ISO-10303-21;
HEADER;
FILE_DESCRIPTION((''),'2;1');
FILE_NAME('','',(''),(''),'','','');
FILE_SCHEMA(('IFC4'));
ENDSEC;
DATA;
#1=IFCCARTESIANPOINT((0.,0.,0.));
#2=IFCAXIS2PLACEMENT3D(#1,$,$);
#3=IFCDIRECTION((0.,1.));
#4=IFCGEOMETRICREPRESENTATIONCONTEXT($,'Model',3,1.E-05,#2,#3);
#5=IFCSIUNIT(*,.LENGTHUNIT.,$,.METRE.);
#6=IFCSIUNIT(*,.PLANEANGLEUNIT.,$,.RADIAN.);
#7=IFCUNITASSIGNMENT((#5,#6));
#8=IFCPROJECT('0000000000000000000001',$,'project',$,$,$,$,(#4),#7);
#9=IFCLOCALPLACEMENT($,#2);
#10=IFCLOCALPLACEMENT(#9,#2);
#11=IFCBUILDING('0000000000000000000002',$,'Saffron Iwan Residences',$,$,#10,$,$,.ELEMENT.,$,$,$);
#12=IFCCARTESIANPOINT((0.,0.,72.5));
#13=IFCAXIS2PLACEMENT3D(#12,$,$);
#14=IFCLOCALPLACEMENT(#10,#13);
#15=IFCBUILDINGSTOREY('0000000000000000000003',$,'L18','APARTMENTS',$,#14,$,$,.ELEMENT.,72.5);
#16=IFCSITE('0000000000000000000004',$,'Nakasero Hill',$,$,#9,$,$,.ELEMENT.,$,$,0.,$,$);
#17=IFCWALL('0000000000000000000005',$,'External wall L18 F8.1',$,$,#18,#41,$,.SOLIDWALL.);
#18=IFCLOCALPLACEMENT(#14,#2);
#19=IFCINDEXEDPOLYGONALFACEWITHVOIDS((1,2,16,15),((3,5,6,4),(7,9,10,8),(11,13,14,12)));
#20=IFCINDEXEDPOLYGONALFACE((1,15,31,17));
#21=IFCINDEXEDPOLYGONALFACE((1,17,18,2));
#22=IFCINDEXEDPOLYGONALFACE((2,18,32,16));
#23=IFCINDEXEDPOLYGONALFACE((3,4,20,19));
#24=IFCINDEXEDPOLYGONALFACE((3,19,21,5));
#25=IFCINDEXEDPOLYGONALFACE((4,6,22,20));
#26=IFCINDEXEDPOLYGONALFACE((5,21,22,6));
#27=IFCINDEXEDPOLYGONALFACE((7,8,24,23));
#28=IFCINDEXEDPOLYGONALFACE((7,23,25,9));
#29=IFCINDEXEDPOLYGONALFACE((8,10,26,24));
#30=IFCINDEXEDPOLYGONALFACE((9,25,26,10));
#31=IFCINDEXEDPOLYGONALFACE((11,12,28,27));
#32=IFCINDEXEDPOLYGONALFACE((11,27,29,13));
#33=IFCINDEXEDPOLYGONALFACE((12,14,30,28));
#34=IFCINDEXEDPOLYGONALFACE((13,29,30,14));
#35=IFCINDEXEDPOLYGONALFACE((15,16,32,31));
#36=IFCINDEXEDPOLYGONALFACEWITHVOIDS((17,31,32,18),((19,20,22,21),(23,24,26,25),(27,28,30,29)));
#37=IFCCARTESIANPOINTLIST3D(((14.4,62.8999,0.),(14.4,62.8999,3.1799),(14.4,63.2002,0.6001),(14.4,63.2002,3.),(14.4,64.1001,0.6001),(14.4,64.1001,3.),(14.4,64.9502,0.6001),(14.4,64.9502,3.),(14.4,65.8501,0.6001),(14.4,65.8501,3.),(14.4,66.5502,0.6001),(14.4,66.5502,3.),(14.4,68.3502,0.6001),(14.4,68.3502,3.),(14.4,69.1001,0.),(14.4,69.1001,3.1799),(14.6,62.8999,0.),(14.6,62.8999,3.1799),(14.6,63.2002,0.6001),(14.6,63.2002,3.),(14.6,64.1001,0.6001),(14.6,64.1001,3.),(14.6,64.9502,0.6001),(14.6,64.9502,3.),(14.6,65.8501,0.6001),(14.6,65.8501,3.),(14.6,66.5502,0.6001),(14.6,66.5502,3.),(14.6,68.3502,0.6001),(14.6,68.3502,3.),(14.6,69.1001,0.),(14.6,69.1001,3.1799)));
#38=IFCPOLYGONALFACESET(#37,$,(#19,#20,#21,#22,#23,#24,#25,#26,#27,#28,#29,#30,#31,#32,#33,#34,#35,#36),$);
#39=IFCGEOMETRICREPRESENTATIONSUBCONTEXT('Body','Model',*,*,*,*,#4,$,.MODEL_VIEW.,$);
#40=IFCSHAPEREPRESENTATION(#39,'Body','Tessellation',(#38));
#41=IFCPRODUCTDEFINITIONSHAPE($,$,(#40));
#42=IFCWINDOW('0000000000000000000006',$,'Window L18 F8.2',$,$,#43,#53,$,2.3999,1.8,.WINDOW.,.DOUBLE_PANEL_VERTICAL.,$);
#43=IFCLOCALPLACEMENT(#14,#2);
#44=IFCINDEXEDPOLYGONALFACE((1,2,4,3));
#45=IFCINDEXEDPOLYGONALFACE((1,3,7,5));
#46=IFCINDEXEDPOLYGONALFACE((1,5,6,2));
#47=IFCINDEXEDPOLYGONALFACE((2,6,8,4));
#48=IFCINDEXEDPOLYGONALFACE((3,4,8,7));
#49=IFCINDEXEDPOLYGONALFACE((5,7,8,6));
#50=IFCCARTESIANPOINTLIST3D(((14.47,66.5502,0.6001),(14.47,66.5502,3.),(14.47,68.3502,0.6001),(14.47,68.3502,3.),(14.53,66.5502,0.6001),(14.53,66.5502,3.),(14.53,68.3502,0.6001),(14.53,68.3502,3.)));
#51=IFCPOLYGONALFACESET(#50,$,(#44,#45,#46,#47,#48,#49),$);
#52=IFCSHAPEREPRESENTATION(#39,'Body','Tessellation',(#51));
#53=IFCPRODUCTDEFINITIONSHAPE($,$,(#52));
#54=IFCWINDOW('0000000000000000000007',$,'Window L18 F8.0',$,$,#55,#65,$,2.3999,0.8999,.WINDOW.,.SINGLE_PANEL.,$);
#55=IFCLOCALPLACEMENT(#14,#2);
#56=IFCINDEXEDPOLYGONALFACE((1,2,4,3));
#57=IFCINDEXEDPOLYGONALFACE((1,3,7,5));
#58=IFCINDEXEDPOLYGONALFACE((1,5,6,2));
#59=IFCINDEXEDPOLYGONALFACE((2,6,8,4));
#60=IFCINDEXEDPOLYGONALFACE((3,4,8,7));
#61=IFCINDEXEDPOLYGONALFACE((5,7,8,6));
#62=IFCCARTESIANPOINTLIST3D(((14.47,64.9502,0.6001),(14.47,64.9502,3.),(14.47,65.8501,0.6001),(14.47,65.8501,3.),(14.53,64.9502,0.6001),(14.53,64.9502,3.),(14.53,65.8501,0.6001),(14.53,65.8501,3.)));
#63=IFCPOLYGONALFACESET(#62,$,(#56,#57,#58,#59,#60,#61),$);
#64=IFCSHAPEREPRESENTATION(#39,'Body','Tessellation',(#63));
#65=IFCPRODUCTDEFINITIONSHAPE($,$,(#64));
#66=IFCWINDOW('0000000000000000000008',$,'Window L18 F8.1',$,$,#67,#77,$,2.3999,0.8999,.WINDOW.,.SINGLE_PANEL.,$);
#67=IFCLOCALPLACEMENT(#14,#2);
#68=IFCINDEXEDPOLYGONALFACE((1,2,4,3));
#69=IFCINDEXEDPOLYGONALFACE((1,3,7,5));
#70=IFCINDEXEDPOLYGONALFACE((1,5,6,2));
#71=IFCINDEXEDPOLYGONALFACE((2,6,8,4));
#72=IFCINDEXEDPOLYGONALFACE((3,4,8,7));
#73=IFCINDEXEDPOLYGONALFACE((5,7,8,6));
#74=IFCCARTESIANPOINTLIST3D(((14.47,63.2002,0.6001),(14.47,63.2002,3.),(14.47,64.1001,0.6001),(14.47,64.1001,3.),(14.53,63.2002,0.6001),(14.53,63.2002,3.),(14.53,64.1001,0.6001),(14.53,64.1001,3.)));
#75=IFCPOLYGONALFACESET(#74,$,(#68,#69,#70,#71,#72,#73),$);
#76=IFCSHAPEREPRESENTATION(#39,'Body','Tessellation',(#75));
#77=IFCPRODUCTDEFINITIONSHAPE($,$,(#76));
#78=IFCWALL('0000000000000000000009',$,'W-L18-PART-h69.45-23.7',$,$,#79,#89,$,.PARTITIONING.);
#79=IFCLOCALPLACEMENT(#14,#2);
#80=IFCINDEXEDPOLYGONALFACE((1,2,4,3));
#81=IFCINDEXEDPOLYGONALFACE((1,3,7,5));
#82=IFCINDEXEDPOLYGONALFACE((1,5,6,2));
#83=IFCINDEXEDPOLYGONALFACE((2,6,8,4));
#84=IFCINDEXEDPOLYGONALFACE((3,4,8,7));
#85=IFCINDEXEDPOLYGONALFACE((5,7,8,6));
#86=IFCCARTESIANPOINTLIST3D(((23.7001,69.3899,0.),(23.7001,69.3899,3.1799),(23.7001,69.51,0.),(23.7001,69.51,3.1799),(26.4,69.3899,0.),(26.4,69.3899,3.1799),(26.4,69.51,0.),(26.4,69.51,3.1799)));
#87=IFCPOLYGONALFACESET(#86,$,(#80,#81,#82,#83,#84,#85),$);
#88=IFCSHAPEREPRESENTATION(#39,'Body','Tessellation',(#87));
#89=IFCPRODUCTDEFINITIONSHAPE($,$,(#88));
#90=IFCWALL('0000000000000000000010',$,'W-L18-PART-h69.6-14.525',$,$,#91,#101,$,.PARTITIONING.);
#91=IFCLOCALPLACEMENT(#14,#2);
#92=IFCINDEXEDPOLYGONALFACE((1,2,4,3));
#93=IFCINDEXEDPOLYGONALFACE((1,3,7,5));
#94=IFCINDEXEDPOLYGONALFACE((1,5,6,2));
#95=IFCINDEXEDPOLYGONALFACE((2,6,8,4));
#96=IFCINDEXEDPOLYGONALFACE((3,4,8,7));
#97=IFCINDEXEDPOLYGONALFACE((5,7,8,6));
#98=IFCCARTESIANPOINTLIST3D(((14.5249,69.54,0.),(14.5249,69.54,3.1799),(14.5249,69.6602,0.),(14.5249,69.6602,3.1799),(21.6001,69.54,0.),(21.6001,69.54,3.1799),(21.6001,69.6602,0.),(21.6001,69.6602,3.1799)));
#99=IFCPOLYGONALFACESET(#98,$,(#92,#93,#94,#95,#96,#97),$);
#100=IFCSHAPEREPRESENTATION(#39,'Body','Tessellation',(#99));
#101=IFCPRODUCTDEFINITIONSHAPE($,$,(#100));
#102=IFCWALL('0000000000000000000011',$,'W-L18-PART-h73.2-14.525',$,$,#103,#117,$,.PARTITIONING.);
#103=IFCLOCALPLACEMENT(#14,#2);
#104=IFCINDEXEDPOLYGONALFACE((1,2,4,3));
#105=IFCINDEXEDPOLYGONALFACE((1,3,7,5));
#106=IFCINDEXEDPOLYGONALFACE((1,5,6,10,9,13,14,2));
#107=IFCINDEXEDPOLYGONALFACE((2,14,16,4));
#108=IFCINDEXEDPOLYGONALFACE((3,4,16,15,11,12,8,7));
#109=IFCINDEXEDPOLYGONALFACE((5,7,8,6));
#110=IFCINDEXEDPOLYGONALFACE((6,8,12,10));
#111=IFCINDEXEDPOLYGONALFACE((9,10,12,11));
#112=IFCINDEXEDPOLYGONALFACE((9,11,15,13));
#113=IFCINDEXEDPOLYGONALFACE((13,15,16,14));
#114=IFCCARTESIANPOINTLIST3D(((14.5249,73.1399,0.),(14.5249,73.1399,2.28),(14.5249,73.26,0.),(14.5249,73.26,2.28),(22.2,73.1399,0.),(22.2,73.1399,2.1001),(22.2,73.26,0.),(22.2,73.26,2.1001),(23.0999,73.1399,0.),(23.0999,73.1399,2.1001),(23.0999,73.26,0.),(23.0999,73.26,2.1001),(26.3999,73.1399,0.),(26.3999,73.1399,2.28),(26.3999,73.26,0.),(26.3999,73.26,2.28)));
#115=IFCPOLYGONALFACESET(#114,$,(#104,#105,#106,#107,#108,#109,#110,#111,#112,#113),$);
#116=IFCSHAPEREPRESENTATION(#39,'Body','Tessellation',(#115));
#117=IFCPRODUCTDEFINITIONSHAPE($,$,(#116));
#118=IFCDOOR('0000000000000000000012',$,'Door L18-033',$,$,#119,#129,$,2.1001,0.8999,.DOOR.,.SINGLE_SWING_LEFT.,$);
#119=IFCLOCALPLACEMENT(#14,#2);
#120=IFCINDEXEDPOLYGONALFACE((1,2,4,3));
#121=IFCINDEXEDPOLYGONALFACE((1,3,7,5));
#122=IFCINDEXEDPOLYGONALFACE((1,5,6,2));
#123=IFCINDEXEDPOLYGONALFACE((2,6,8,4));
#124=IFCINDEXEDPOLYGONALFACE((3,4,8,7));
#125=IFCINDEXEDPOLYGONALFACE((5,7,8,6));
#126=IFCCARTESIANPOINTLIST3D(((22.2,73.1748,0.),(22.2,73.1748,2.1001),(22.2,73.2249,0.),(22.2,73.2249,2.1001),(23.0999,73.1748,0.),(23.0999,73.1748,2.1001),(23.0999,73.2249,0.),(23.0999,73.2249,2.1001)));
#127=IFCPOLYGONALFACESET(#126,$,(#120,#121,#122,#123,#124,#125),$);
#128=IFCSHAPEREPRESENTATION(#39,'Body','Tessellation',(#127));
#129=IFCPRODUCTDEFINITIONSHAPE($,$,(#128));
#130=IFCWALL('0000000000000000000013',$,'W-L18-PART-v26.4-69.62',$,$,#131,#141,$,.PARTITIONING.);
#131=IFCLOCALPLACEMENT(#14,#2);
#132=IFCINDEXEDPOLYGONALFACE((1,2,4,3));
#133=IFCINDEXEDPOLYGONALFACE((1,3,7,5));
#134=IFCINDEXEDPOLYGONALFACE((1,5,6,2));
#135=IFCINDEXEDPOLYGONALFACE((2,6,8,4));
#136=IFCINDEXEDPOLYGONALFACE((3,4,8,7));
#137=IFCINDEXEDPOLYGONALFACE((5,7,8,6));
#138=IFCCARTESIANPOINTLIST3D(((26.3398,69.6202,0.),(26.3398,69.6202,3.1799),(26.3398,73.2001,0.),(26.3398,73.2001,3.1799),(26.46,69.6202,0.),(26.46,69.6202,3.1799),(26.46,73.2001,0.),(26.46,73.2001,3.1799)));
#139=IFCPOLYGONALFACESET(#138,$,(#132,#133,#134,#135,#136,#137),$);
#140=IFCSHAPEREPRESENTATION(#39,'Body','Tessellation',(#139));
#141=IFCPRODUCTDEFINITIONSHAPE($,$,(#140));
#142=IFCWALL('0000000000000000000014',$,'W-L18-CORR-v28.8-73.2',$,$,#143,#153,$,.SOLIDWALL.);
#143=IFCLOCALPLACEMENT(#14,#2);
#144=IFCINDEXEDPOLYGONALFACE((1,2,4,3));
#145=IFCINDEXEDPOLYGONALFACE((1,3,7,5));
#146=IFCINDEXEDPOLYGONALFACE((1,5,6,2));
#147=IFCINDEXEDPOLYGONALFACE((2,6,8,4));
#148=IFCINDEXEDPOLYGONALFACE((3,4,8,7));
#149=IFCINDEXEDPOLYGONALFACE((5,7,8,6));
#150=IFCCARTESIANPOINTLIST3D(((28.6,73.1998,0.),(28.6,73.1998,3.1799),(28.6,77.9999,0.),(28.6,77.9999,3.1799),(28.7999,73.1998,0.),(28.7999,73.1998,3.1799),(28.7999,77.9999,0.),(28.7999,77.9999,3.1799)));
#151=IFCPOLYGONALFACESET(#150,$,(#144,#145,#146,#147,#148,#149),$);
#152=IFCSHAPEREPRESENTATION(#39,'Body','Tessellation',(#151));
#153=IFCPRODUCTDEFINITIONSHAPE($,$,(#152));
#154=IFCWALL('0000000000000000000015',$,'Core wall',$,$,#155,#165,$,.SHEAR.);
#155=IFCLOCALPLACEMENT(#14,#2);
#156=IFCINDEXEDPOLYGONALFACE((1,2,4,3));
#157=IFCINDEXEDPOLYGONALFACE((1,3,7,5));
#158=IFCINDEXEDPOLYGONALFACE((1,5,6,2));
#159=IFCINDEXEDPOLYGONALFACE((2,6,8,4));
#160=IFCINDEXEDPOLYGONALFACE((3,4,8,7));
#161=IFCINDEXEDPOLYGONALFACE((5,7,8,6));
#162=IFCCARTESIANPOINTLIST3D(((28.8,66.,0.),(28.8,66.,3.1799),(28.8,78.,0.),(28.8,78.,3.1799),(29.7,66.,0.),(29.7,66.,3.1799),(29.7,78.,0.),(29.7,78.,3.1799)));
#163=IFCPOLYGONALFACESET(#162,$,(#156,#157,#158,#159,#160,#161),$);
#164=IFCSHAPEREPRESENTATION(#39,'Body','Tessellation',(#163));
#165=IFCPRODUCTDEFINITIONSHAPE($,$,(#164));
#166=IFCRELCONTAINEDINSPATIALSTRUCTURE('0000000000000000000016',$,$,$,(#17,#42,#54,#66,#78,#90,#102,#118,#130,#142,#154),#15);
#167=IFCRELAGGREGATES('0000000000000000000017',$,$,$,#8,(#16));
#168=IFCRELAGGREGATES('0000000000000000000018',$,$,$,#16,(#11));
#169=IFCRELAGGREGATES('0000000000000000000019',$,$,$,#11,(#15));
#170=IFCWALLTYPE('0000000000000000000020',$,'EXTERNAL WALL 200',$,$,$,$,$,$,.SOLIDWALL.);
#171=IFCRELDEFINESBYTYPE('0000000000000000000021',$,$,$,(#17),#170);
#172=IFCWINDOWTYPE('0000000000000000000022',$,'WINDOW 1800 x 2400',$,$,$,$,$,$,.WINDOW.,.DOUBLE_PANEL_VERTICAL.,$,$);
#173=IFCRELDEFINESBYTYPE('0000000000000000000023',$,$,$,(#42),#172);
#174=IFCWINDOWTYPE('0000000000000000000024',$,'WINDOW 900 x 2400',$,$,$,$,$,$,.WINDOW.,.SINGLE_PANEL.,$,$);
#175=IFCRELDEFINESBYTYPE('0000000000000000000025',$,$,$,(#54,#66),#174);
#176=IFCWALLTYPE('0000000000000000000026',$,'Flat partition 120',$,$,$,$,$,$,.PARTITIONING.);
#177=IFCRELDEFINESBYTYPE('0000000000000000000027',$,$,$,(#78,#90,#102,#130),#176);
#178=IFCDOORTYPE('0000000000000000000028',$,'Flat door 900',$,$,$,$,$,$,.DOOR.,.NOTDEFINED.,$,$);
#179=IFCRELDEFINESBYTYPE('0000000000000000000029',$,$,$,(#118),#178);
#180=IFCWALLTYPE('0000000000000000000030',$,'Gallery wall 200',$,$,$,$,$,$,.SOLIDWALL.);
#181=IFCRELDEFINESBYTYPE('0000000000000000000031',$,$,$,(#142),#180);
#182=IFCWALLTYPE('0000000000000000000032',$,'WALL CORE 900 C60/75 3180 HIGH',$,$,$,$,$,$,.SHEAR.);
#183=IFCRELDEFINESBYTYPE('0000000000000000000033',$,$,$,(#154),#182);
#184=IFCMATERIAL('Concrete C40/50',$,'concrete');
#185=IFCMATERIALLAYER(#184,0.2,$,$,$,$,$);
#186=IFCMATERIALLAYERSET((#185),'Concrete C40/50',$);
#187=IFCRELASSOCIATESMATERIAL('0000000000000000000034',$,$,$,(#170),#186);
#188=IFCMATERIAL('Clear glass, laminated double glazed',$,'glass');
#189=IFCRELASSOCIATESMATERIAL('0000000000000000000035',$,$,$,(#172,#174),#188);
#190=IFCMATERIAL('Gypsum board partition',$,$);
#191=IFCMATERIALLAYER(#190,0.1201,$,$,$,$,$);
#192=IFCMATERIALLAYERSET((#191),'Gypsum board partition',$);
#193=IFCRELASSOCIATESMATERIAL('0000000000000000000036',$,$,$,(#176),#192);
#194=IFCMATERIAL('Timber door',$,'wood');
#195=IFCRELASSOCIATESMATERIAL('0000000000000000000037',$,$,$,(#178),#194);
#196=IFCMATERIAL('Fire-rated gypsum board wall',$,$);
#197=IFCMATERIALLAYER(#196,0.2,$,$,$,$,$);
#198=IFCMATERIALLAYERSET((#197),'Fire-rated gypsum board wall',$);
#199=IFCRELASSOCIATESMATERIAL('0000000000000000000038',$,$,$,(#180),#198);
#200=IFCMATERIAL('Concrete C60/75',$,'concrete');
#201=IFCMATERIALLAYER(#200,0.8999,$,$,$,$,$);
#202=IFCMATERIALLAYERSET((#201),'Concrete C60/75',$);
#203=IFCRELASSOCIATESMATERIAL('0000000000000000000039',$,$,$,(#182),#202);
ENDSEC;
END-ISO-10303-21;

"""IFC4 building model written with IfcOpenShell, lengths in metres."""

from ifc_helpers import new_model, si_unit, direction, frame, frame_2d, origin, place, context, subcontext, project, spatial, rectangle, extrude, material, layer, layer_set, type_object, element, fill, save


model = new_model("IFC4")

# Units and contexts
model_context = context("Model", 3, precision=1e-05, world=origin(), true_north=direction((0.0, 1.0)))
body_context = subcontext(model_context, "Body", "Model", "MODEL_VIEW")
ifc_project = project(units=[si_unit("LENGTHUNIT", "METRE"), si_unit("PLANEANGLEUNIT", "RADIAN")], contexts=[model_context])

# Site, building, storey
site_placement = place(None, origin())
site = spatial("IfcSite", under=ifc_project, at=site_placement, Name="Nakasero Hill", CompositionType="ELEMENT", RefElevation=0.0)
building_placement = place(site_placement, origin())
building = spatial("IfcBuilding", under=site, at=building_placement, Name="Saffron Iwan Residences", CompositionType="ELEMENT")
storey_placement = place(building_placement, frame((0.0, 0.0, 72.5)))
storey = spatial("IfcBuildingStorey", under=building, at=storey_placement, Name="L18", Description="APARTMENTS", CompositionType="ELEMENT", Elevation=72.5)

# Shared definitions
ifc_material_1 = material(Name="Concrete C60/75", Category="concrete")

# Shared definitions
ifc_material_2 = material(Name="Concrete C40/50", Category="concrete")
ifc_layer_1 = layer(ifc_material_2, 0.2)
ifc_layer_set_1 = layer_set([ifc_layer_1], Name="Concrete C40/50")
wall_type_1 = type_object("IfcWallType", Name="EXTERNAL WALL 200", PredefinedType="SOLIDWALL", material=ifc_layer_set_1)
ifc_material_3 = material(Name="Clear glass, laminated double glazed", Category="glass")
window_type_1 = type_object("IfcWindowType", Name="WINDOW 1800 x 2400", PartitioningType="DOUBLE_PANEL_VERTICAL", PredefinedType="WINDOW", material=ifc_material_3)

# Wall, openings, windows
wall_1_placement = place(storey_placement, frame((14.5, 69.1001, 0.0), z_axis=(0.0, 0.0, 1.0), x_axis=(0.0, -1.0, 0.0)))
wall_1 = element("IfcWall", 1, at=wall_1_placement, inside=storey, type_object=wall_type_1, Name="External wall L18 F8.1", PredefinedType="SOLIDWALL", context=body_context, shape_type="SweptSolid", body=[
    extrude(rectangle(XDim=6.2002, YDim=0.2, at=frame_2d((3.1001, 0.0))), origin(), (0.0, 0.0, 1.0), 3.1799),
])
opening_1_placement = place(wall_1_placement, frame((3.25, 0.0, 0.6001)))
opening_1 = element("IfcOpeningElement", 2, at=opening_1_placement, cuts=wall_1, PredefinedType="OPENING", context=body_context, shape_type="SweptSolid", body=[
    extrude(rectangle(XDim=0.8999, YDim=2.3999, at=frame_2d((0.45, 1.2))), frame((0.0, 0.1099, 0.0), z_axis=(0.0, -1.0, 0.0), x_axis=(1.0, 0.0, 0.0)), (0.0, 0.0, 1.0), 0.22),
])
opening_2_placement = place(wall_1_placement, frame((5.0, 0.0, 0.6001)))
opening_2 = element("IfcOpeningElement", 3, at=opening_2_placement, cuts=wall_1, PredefinedType="OPENING", context=body_context, shape_type="SweptSolid", body=[
    extrude(rectangle(XDim=0.8999, YDim=2.3999, at=frame_2d((0.45, 1.2))), frame((0.0, 0.1099, 0.0), z_axis=(0.0, -1.0, 0.0), x_axis=(1.0, 0.0, 0.0)), (0.0, 0.0, 1.0), 0.22),
])
opening_3_placement = place(wall_1_placement, frame((0.75, 0.0, 0.6001)))
opening_3 = element("IfcOpeningElement", 4, at=opening_3_placement, cuts=wall_1, PredefinedType="OPENING", context=body_context, shape_type="SweptSolid", body=[
    extrude(rectangle(XDim=1.8, YDim=2.3999, at=frame_2d((0.8999, 1.2))), frame((0.0, 0.1099, 0.0), z_axis=(0.0, -1.0, 0.0), x_axis=(1.0, 0.0, 0.0)), (0.0, 0.0, 1.0), 0.22),
])
window_1_placement = place(opening_3_placement, origin())
window_1 = element("IfcWindow", 5, at=window_1_placement, inside=storey, type_object=window_type_1, Name="Window L18 F8.2", OverallHeight=2.3999, OverallWidth=1.8, PartitioningType="DOUBLE_PANEL_VERTICAL", PredefinedType="WINDOW", context=body_context, shape_type="SweptSolid", body=[
    extrude(rectangle(XDim=1.8, YDim=2.3999, at=frame_2d((0.8999, 1.2))), frame((0.0, 0.03, 0.0), z_axis=(0.0, -1.0, 0.0), x_axis=(1.0, 0.0, 0.0)), (0.0, 0.0, 1.0), 0.0601),
])
fill(opening_3, window_1)
window_type_2 = type_object("IfcWindowType", Name="WINDOW 900 x 2400", PartitioningType="SINGLE_PANEL", PredefinedType="WINDOW", material=ifc_material_3)
window_2_placement = place(opening_1_placement, origin())
window_2 = element("IfcWindow", 6, at=window_2_placement, inside=storey, type_object=window_type_2, Name="Window L18 F8.0", OverallHeight=2.3999, OverallWidth=0.8999, PartitioningType="SINGLE_PANEL", PredefinedType="WINDOW", context=body_context, shape_type="SweptSolid", body=[
    extrude(rectangle(XDim=0.8999, YDim=2.3999, at=frame_2d((0.45, 1.2))), frame((0.0, 0.03, 0.0), z_axis=(0.0, -1.0, 0.0), x_axis=(1.0, 0.0, 0.0)), (0.0, 0.0, 1.0), 0.0601),
])
fill(opening_1, window_2)
window_3_placement = place(opening_2_placement, origin())
window_3 = element("IfcWindow", 7, at=window_3_placement, inside=storey, type_object=window_type_2, Name="Window L18 F8.1", OverallHeight=2.3999, OverallWidth=0.8999, PartitioningType="SINGLE_PANEL", PredefinedType="WINDOW", context=body_context, shape_type="SweptSolid", body=[
    extrude(rectangle(XDim=0.8999, YDim=2.3999, at=frame_2d((0.45, 1.2))), frame((0.0, 0.03, 0.0), z_axis=(0.0, -1.0, 0.0), x_axis=(1.0, 0.0, 0.0)), (0.0, 0.0, 1.0), 0.0601),
])
fill(opening_2, window_3)

# Walls
ifc_material_4 = material(Name="Gypsum board partition")
ifc_layer_2 = layer(ifc_material_4, 0.1201)
ifc_layer_set_2 = layer_set([ifc_layer_2], Name="Gypsum board partition")
wall_type_2 = type_object("IfcWallType", Name="Flat partition 120", PredefinedType="PARTITIONING", material=ifc_layer_set_2)
wall_2_placement = place(storey_placement, frame((23.7, 69.45, 0.0), z_axis=(0.0, 0.0, 1.0), x_axis=(1.0, 0.0, 0.0)))
element("IfcWall", 8, at=wall_2_placement, inside=storey, type_object=wall_type_2, Name="W-L18-PART-h69.45-23.7", PredefinedType="PARTITIONING", context=body_context, shape_type="SweptSolid", body=[
    extrude(rectangle(XDim=2.7, YDim=0.1201, at=frame_2d((1.3501, 0.0))), origin(), (0.0, 0.0, 1.0), 3.1799),
])
wall_3_placement = place(storey_placement, frame((14.5249, 69.6001, 0.0), z_axis=(0.0, 0.0, 1.0), x_axis=(1.0, 0.0, 0.0)))
element("IfcWall", 9, at=wall_3_placement, inside=storey, type_object=wall_type_2, Name="W-L18-PART-h69.6-14.525", PredefinedType="PARTITIONING", context=body_context, shape_type="SweptSolid", body=[
    extrude(rectangle(XDim=7.0752, YDim=0.1201, at=frame_2d((3.5376, 0.0))), origin(), (0.0, 0.0, 1.0), 3.1799),
])

# Wall, opening, door
wall_4_placement = place(storey_placement, frame((14.5249, 73.2, 0.0), z_axis=(0.0, 0.0, 1.0), x_axis=(1.0, 0.0, 0.0)))
wall_4 = element("IfcWall", 10, at=wall_4_placement, inside=storey, type_object=wall_type_2, Name="W-L18-PART-h73.2-14.525", PredefinedType="PARTITIONING", context=body_context, shape_type="SweptSolid", body=[
    extrude(rectangle(XDim=11.875, YDim=0.1201, at=frame_2d((5.9375, 0.0))), origin(), (0.0, 0.0, 1.0), 2.28),
])
opening_4_placement = place(wall_4_placement, frame((7.675, 0.0, 0.0)))
opening_4 = element("IfcOpeningElement", 11, at=opening_4_placement, cuts=wall_4, PredefinedType="OPENING", context=body_context, shape_type="SweptSolid", body=[
    extrude(rectangle(XDim=0.8999, YDim=2.1001, at=frame_2d((0.45, 1.05))), frame((0.0, 0.0701, 0.0), z_axis=(0.0, -1.0, 0.0), x_axis=(1.0, 0.0, 0.0)), (0.0, 0.0, 1.0), 0.1401),
])
ifc_material_5 = material(Name="Timber door", Category="wood")
door_type = type_object("IfcDoorType", Name="Flat door 900", OperationType="NOTDEFINED", PredefinedType="DOOR", material=ifc_material_5)
door_placement = place(opening_4_placement, origin())
door = element("IfcDoor", 12, at=door_placement, inside=storey, type_object=door_type, Name="Door L18-033", OperationType="SINGLE_SWING_LEFT", OverallHeight=2.1001, OverallWidth=0.8999, PredefinedType="DOOR", context=body_context, shape_type="SweptSolid", body=[
    extrude(rectangle(XDim=0.8999, YDim=2.1001, at=frame_2d((0.45, 1.05))), frame((0.0, 0.0249, 0.0), z_axis=(0.0, -1.0, 0.0), x_axis=(1.0, 0.0, 0.0)), (0.0, 0.0, 1.0), 0.05),
])
fill(opening_4, door)

# Walls
wall_5_placement = place(storey_placement, frame((26.3999, 69.6201, 0.0), z_axis=(0.0, 0.0, 1.0), x_axis=(0.0, 1.0, 0.0)))
element("IfcWall", 13, at=wall_5_placement, inside=storey, type_object=wall_type_2, Name="W-L18-PART-v26.4-69.62", PredefinedType="PARTITIONING", context=body_context, shape_type="SweptSolid", body=[
    extrude(rectangle(XDim=3.5798, YDim=0.1201, at=frame_2d((1.79, 0.0))), origin(), (0.0, 0.0, 1.0), 3.1799),
])
ifc_material_6 = material(Name="Fire-rated gypsum board wall")
ifc_layer_3 = layer(ifc_material_6, 0.2)
ifc_layer_set_3 = layer_set([ifc_layer_3], Name="Fire-rated gypsum board wall")
wall_type_3 = type_object("IfcWallType", Name="Gallery wall 200", PredefinedType="SOLIDWALL", material=ifc_layer_set_3)
wall_6_placement = place(storey_placement, frame((28.7, 73.2, 0.0), z_axis=(0.0, 0.0, 1.0), x_axis=(0.0, 1.0, 0.0)))
element("IfcWall", 14, at=wall_6_placement, inside=storey, type_object=wall_type_3, Name="W-L18-CORR-v28.8-73.2", PredefinedType="SOLIDWALL", context=body_context, shape_type="SweptSolid", body=[
    extrude(rectangle(XDim=4.8, YDim=0.2, at=frame_2d((2.3999, 0.0))), origin(), (0.0, 0.0, 1.0), 3.1799),
])
ifc_layer_4 = layer(ifc_material_1, 0.8999)
ifc_layer_set_4 = layer_set([ifc_layer_4], Name="Concrete C60/75")
wall_type_4 = type_object("IfcWallType", Name="WALL CORE 900 C60/75 3180 HIGH", PredefinedType="SHEAR", material=ifc_layer_set_4)
wall_7_placement = place(storey_placement, frame((29.25, 66.0, 0.0), z_axis=(0.0, 0.0, 1.0), x_axis=(0.0, 1.0, 0.0)))
element("IfcWall", 15, at=wall_7_placement, inside=storey, type_object=wall_type_4, Name="Core wall", PredefinedType="SHEAR", context=body_context, shape_type="SweptSolid", body=[
    extrude(rectangle(XDim=12.0, YDim=0.8999, at=frame_2d((6.0, 0.0))), origin(), (0.0, 0.0, 1.0), 3.1799),
])

save(model, "model.ifc")
